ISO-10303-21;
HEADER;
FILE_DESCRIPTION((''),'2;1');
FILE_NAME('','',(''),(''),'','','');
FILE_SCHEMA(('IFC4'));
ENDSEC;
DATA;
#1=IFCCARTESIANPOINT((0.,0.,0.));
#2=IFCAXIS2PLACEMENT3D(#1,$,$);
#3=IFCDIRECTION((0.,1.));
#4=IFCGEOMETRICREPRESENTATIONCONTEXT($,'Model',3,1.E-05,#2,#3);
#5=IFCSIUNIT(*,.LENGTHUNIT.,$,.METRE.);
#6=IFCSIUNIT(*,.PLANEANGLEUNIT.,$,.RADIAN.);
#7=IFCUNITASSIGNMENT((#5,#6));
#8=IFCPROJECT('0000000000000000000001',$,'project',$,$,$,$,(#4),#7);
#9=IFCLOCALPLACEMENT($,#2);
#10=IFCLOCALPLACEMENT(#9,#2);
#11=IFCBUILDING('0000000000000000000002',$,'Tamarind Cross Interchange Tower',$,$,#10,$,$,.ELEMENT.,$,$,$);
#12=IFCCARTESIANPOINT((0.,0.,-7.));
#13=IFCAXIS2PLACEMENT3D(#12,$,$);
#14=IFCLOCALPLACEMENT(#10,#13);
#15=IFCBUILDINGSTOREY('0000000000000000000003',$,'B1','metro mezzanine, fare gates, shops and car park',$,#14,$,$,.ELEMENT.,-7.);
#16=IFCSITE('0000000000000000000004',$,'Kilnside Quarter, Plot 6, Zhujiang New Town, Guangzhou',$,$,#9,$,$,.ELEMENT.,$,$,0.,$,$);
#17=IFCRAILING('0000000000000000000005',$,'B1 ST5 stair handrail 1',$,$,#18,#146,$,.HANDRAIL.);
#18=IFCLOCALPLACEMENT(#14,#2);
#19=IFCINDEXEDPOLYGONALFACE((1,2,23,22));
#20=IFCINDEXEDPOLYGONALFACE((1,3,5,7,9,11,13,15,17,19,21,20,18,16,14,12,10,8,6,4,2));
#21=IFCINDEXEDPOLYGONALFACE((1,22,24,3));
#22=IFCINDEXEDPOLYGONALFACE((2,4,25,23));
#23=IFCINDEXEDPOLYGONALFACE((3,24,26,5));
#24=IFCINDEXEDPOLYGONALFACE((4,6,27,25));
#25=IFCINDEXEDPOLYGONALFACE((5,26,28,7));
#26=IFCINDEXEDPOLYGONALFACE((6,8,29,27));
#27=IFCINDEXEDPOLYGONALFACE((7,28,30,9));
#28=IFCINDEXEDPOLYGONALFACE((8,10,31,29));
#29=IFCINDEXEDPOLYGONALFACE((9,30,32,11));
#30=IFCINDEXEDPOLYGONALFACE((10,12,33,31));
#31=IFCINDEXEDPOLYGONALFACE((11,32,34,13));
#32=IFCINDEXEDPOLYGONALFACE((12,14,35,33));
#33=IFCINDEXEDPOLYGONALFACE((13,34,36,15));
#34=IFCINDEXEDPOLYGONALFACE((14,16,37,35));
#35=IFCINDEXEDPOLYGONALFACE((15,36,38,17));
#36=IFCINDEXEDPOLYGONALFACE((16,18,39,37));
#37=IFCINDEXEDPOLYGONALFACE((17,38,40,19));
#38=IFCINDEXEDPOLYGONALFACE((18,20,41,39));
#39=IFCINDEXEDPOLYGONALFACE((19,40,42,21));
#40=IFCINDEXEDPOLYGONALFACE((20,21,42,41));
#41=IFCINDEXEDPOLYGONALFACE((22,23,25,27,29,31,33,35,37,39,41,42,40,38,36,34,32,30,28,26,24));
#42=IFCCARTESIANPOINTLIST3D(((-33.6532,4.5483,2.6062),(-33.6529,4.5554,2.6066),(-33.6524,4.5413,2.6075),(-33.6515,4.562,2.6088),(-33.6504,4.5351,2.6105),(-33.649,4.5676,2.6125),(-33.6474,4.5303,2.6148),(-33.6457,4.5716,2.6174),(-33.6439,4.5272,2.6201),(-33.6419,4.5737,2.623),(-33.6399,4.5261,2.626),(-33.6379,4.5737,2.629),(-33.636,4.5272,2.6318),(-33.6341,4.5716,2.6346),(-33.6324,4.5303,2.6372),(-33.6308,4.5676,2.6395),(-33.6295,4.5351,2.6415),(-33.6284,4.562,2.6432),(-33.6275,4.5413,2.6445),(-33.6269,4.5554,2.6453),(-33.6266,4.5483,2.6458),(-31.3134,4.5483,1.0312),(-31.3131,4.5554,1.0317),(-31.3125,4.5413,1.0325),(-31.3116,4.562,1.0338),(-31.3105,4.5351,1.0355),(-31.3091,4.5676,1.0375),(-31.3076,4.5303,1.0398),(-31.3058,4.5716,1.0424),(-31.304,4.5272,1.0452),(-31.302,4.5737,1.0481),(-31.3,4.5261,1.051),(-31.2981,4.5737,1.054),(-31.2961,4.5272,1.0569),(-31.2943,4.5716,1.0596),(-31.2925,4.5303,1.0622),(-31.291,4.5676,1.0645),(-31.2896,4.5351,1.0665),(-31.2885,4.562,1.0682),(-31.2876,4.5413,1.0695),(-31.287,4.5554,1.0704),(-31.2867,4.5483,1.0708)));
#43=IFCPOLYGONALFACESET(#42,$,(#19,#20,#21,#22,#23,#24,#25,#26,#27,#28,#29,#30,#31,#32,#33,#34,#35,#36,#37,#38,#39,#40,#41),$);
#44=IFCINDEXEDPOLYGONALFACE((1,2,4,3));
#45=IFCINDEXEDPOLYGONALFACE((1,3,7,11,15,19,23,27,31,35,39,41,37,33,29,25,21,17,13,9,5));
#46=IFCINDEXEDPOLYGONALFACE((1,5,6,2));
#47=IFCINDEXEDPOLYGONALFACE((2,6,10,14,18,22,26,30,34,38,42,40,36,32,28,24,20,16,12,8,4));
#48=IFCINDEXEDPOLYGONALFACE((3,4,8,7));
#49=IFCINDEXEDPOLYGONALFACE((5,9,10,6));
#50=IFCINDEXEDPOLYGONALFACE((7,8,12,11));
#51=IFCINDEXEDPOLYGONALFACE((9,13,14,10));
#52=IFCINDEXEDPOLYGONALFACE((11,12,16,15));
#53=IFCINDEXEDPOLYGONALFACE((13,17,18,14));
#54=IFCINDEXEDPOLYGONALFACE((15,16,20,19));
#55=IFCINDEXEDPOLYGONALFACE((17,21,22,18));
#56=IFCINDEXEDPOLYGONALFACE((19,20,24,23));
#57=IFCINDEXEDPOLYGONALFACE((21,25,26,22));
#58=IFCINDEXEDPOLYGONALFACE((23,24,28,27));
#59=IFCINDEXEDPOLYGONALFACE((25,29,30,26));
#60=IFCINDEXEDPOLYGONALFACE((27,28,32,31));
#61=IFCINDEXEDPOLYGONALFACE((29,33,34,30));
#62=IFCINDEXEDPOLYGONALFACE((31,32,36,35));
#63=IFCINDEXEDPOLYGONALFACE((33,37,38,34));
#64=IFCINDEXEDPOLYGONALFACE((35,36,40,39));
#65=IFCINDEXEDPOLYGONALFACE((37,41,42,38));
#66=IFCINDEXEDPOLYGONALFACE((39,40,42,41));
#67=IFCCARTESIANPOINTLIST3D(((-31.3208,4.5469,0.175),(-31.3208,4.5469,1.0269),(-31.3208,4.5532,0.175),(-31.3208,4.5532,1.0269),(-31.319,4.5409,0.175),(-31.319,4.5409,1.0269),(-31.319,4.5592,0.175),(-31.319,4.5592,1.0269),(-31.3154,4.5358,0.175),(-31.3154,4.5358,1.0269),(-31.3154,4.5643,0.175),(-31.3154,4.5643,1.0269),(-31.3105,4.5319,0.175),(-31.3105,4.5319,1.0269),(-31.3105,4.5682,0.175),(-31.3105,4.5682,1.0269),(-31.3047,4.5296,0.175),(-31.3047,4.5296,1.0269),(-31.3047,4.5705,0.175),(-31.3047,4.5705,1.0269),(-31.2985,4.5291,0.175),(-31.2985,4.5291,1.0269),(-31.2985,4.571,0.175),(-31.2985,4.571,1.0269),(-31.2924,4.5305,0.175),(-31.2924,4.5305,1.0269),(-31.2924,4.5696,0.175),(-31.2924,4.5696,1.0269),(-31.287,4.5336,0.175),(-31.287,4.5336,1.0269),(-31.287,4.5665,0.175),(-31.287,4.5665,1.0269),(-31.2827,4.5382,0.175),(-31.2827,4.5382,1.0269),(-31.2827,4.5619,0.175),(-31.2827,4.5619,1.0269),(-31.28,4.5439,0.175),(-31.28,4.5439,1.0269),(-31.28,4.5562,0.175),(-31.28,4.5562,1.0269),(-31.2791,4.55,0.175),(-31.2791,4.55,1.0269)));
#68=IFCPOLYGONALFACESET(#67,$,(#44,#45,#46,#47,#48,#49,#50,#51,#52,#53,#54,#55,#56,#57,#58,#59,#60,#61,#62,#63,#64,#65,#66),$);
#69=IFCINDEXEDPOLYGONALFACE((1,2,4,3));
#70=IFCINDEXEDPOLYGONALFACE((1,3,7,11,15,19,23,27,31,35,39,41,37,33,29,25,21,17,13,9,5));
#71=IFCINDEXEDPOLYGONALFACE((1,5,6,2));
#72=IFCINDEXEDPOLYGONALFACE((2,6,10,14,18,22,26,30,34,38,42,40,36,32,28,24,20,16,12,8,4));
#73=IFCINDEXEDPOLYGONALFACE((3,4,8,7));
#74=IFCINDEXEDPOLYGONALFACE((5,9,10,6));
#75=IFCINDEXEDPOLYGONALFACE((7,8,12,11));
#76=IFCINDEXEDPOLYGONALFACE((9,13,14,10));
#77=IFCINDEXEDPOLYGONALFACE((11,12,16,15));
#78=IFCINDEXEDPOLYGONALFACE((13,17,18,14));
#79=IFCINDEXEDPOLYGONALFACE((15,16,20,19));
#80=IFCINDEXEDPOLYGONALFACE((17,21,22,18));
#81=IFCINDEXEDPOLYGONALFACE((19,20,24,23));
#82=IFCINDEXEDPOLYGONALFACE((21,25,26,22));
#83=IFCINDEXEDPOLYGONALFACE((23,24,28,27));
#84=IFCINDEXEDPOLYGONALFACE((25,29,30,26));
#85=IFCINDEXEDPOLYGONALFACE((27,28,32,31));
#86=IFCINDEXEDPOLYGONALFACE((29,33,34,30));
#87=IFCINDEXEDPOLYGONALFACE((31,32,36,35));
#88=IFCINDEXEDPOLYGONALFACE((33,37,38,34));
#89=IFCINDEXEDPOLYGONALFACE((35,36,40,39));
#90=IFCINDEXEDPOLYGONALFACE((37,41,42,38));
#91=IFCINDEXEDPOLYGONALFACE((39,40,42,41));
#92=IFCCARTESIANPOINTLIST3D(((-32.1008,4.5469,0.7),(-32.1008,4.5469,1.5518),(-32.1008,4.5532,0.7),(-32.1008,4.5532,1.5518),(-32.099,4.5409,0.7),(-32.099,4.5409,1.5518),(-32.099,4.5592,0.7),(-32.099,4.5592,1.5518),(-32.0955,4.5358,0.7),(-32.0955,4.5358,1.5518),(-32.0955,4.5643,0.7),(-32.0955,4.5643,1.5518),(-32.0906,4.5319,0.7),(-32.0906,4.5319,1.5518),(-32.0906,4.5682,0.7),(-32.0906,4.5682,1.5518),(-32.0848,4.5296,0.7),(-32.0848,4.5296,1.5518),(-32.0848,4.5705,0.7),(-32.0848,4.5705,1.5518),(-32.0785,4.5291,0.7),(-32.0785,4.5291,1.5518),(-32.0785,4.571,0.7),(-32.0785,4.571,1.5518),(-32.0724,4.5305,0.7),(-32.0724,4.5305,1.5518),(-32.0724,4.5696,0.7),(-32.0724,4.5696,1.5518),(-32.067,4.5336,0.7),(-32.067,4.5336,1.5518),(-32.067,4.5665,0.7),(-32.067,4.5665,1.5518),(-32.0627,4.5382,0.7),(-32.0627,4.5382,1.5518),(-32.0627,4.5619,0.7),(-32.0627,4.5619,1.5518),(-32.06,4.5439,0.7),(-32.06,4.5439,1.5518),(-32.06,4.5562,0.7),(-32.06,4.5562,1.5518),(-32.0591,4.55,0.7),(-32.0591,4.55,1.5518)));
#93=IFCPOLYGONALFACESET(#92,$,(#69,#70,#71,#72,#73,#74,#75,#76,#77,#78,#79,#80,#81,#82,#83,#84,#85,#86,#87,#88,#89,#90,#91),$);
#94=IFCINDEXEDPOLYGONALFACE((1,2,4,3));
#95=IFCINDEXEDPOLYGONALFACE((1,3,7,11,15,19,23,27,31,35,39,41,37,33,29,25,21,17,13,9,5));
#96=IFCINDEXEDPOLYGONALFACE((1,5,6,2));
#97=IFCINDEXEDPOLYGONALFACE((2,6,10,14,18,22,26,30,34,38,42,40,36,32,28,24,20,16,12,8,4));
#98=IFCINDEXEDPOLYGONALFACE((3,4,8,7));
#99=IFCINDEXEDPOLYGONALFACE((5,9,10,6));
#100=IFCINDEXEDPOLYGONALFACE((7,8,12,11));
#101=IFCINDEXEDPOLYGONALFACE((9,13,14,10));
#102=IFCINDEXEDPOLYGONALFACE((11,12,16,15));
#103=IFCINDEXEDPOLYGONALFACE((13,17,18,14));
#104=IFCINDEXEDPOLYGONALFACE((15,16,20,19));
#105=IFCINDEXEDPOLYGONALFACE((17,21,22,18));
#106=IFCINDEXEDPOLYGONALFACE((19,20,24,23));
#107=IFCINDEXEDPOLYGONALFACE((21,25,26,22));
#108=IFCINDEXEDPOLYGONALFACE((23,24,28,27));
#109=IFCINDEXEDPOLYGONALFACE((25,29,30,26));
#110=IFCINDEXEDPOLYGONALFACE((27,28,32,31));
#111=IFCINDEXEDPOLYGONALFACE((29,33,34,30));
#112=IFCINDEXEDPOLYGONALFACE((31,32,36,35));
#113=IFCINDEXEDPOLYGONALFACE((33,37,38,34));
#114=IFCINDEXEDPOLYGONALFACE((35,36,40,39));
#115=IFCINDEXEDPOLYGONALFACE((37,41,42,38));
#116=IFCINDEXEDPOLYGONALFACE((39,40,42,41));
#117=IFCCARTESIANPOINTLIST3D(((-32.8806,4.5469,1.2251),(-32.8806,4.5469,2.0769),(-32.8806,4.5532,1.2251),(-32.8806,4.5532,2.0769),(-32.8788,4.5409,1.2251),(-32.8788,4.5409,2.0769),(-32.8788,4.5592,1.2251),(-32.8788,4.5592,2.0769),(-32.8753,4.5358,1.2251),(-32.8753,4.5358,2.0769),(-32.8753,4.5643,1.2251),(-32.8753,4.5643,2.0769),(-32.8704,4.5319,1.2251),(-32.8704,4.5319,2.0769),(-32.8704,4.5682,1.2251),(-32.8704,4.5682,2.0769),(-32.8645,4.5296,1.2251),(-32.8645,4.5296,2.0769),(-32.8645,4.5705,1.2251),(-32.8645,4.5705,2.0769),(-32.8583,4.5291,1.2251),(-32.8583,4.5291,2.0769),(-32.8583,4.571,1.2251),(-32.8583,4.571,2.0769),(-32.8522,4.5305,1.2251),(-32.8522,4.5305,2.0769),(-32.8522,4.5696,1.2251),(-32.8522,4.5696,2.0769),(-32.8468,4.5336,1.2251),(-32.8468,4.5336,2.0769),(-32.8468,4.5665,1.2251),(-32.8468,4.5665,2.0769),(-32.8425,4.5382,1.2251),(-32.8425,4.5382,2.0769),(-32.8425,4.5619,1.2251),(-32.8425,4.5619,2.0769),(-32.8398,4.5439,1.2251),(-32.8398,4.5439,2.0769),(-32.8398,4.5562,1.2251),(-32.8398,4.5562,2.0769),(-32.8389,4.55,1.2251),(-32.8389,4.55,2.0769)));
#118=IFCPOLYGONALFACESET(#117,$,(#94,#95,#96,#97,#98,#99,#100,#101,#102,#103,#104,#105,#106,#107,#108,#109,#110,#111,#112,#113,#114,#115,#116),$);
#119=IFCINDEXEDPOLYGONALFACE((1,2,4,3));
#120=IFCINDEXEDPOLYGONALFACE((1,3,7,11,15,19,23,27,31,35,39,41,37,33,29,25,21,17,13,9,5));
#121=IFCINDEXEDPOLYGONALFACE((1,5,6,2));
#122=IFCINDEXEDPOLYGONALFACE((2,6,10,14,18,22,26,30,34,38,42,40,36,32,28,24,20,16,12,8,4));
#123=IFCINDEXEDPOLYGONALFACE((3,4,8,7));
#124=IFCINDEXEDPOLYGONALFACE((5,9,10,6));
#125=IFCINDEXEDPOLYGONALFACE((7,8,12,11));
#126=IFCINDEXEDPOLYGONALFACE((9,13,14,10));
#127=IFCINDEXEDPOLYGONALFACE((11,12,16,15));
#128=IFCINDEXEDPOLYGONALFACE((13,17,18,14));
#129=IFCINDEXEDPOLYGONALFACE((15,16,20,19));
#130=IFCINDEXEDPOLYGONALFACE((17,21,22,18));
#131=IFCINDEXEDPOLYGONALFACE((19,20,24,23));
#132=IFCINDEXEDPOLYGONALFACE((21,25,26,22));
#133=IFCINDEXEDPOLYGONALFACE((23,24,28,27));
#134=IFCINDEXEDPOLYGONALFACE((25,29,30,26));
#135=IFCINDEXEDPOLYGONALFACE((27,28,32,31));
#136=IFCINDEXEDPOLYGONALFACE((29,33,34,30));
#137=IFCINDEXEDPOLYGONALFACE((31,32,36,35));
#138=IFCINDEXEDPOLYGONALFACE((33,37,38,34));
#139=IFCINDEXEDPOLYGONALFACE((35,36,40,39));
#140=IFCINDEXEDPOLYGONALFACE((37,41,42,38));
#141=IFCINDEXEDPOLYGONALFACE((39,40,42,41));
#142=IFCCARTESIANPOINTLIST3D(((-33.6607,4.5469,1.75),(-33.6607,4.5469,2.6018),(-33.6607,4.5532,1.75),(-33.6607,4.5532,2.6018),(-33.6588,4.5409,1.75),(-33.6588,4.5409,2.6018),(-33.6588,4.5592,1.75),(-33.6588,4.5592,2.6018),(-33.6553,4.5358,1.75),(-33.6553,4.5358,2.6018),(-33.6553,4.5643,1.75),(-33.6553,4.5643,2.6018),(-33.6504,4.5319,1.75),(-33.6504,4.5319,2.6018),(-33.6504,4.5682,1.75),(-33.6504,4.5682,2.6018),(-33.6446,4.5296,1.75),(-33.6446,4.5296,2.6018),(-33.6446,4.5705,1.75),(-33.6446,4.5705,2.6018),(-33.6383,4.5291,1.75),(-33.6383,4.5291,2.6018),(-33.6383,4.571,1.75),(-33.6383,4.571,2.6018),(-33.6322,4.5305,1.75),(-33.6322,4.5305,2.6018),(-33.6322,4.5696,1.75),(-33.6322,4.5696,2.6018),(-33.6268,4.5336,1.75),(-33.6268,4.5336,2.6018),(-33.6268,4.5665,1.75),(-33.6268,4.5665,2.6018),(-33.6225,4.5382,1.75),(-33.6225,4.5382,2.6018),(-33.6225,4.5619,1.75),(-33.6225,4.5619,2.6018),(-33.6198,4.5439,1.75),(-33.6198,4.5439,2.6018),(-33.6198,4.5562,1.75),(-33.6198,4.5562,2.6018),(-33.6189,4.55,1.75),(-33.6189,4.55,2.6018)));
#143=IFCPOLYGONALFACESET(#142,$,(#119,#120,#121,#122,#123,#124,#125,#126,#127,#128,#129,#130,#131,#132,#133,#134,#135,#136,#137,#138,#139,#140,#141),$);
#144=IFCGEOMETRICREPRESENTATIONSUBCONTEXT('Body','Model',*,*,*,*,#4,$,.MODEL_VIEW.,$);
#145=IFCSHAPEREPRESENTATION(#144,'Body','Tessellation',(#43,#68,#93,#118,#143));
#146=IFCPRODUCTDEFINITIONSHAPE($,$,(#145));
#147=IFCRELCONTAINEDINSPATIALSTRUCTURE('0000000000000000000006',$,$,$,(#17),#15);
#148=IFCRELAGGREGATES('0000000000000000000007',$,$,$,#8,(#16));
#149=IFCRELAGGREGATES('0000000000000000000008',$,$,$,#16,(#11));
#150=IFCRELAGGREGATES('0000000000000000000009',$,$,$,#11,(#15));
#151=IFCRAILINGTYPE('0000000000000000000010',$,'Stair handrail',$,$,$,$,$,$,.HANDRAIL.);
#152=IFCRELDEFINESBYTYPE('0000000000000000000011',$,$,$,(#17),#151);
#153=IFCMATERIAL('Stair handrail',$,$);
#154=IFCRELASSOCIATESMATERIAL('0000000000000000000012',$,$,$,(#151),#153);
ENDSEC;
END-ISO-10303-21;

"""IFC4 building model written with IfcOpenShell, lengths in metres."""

from ifc_helpers import new_model, si_unit, direction, frame, origin, origin_2d, place, context, subcontext, project, spatial, circle, extrude, material, type_object, element, save


model = new_model("IFC4")

# Units and contexts
model_context = context("Model", 3, precision=1e-05, world=origin(), true_north=direction((0.0, 1.0)))
body_context = subcontext(model_context, "Body", "Model", "MODEL_VIEW")
ifc_project = project(units=[si_unit("LENGTHUNIT", "METRE"), si_unit("PLANEANGLEUNIT", "RADIAN")], contexts=[model_context])

# Site, building, storey
site_placement = place(None, origin())
site = spatial("IfcSite", under=ifc_project, at=site_placement, Name="Kilnside Quarter, Plot 6, Zhujiang New Town, Guangzhou", CompositionType="ELEMENT", RefElevation=0.0)
building_placement = place(site_placement, origin())
building = spatial("IfcBuilding", under=site, at=building_placement, Name="Tamarind Cross Interchange Tower", CompositionType="ELEMENT")
storey_placement = place(building_placement, frame((0.0, 0.0, -7.0)))
storey = spatial("IfcBuildingStorey", under=building, at=storey_placement, Name="B1", Description="metro mezzanine, fare gates, shops and car park", CompositionType="ELEMENT", Elevation=-7.0)

# Railing
ifc_material_1 = material(Name="Stair handrail")
railing_type_1 = type_object("IfcRailingType", Name="Stair handrail", PredefinedType="HANDRAIL", material=ifc_material_1)
railing_1_placement = place(storey_placement, frame((-31.3, 4.55, 0.175)))
element("IfcRailing", 1, at=railing_1_placement, inside=storey, type_object=railing_type_1, Name="B1 ST5 stair handrail 1", PredefinedType="HANDRAIL", context=body_context, shape_type="SweptSolid", body=[
    extrude(circle(Radius=0.0239, at=origin_2d()), frame((0.0, 0.0, 0.876), z_axis=(-0.829578, 0.0, 0.55839), x_axis=(0.0, -1.0, 0.0)), (0.0, 0.0, 1.0), 2.8206),
    extrude(circle(Radius=0.021, at=origin_2d()), origin(), (0.0, 0.0, 1.0), 0.8518),
    extrude(circle(Radius=0.021, at=origin_2d()), frame((-0.78, 0.0, 0.5249)), (0.0, 0.0, 1.0), 0.8518),
    extrude(circle(Radius=0.021, at=origin_2d()), frame((-1.5598, 0.0, 1.05)), (0.0, 0.0, 1.0), 0.8518),
    extrude(circle(Radius=0.021, at=origin_2d()), frame((-2.3398, 0.0, 1.575)), (0.0, 0.0, 1.0), 0.8518),
])

save(model, "model.ifc")
